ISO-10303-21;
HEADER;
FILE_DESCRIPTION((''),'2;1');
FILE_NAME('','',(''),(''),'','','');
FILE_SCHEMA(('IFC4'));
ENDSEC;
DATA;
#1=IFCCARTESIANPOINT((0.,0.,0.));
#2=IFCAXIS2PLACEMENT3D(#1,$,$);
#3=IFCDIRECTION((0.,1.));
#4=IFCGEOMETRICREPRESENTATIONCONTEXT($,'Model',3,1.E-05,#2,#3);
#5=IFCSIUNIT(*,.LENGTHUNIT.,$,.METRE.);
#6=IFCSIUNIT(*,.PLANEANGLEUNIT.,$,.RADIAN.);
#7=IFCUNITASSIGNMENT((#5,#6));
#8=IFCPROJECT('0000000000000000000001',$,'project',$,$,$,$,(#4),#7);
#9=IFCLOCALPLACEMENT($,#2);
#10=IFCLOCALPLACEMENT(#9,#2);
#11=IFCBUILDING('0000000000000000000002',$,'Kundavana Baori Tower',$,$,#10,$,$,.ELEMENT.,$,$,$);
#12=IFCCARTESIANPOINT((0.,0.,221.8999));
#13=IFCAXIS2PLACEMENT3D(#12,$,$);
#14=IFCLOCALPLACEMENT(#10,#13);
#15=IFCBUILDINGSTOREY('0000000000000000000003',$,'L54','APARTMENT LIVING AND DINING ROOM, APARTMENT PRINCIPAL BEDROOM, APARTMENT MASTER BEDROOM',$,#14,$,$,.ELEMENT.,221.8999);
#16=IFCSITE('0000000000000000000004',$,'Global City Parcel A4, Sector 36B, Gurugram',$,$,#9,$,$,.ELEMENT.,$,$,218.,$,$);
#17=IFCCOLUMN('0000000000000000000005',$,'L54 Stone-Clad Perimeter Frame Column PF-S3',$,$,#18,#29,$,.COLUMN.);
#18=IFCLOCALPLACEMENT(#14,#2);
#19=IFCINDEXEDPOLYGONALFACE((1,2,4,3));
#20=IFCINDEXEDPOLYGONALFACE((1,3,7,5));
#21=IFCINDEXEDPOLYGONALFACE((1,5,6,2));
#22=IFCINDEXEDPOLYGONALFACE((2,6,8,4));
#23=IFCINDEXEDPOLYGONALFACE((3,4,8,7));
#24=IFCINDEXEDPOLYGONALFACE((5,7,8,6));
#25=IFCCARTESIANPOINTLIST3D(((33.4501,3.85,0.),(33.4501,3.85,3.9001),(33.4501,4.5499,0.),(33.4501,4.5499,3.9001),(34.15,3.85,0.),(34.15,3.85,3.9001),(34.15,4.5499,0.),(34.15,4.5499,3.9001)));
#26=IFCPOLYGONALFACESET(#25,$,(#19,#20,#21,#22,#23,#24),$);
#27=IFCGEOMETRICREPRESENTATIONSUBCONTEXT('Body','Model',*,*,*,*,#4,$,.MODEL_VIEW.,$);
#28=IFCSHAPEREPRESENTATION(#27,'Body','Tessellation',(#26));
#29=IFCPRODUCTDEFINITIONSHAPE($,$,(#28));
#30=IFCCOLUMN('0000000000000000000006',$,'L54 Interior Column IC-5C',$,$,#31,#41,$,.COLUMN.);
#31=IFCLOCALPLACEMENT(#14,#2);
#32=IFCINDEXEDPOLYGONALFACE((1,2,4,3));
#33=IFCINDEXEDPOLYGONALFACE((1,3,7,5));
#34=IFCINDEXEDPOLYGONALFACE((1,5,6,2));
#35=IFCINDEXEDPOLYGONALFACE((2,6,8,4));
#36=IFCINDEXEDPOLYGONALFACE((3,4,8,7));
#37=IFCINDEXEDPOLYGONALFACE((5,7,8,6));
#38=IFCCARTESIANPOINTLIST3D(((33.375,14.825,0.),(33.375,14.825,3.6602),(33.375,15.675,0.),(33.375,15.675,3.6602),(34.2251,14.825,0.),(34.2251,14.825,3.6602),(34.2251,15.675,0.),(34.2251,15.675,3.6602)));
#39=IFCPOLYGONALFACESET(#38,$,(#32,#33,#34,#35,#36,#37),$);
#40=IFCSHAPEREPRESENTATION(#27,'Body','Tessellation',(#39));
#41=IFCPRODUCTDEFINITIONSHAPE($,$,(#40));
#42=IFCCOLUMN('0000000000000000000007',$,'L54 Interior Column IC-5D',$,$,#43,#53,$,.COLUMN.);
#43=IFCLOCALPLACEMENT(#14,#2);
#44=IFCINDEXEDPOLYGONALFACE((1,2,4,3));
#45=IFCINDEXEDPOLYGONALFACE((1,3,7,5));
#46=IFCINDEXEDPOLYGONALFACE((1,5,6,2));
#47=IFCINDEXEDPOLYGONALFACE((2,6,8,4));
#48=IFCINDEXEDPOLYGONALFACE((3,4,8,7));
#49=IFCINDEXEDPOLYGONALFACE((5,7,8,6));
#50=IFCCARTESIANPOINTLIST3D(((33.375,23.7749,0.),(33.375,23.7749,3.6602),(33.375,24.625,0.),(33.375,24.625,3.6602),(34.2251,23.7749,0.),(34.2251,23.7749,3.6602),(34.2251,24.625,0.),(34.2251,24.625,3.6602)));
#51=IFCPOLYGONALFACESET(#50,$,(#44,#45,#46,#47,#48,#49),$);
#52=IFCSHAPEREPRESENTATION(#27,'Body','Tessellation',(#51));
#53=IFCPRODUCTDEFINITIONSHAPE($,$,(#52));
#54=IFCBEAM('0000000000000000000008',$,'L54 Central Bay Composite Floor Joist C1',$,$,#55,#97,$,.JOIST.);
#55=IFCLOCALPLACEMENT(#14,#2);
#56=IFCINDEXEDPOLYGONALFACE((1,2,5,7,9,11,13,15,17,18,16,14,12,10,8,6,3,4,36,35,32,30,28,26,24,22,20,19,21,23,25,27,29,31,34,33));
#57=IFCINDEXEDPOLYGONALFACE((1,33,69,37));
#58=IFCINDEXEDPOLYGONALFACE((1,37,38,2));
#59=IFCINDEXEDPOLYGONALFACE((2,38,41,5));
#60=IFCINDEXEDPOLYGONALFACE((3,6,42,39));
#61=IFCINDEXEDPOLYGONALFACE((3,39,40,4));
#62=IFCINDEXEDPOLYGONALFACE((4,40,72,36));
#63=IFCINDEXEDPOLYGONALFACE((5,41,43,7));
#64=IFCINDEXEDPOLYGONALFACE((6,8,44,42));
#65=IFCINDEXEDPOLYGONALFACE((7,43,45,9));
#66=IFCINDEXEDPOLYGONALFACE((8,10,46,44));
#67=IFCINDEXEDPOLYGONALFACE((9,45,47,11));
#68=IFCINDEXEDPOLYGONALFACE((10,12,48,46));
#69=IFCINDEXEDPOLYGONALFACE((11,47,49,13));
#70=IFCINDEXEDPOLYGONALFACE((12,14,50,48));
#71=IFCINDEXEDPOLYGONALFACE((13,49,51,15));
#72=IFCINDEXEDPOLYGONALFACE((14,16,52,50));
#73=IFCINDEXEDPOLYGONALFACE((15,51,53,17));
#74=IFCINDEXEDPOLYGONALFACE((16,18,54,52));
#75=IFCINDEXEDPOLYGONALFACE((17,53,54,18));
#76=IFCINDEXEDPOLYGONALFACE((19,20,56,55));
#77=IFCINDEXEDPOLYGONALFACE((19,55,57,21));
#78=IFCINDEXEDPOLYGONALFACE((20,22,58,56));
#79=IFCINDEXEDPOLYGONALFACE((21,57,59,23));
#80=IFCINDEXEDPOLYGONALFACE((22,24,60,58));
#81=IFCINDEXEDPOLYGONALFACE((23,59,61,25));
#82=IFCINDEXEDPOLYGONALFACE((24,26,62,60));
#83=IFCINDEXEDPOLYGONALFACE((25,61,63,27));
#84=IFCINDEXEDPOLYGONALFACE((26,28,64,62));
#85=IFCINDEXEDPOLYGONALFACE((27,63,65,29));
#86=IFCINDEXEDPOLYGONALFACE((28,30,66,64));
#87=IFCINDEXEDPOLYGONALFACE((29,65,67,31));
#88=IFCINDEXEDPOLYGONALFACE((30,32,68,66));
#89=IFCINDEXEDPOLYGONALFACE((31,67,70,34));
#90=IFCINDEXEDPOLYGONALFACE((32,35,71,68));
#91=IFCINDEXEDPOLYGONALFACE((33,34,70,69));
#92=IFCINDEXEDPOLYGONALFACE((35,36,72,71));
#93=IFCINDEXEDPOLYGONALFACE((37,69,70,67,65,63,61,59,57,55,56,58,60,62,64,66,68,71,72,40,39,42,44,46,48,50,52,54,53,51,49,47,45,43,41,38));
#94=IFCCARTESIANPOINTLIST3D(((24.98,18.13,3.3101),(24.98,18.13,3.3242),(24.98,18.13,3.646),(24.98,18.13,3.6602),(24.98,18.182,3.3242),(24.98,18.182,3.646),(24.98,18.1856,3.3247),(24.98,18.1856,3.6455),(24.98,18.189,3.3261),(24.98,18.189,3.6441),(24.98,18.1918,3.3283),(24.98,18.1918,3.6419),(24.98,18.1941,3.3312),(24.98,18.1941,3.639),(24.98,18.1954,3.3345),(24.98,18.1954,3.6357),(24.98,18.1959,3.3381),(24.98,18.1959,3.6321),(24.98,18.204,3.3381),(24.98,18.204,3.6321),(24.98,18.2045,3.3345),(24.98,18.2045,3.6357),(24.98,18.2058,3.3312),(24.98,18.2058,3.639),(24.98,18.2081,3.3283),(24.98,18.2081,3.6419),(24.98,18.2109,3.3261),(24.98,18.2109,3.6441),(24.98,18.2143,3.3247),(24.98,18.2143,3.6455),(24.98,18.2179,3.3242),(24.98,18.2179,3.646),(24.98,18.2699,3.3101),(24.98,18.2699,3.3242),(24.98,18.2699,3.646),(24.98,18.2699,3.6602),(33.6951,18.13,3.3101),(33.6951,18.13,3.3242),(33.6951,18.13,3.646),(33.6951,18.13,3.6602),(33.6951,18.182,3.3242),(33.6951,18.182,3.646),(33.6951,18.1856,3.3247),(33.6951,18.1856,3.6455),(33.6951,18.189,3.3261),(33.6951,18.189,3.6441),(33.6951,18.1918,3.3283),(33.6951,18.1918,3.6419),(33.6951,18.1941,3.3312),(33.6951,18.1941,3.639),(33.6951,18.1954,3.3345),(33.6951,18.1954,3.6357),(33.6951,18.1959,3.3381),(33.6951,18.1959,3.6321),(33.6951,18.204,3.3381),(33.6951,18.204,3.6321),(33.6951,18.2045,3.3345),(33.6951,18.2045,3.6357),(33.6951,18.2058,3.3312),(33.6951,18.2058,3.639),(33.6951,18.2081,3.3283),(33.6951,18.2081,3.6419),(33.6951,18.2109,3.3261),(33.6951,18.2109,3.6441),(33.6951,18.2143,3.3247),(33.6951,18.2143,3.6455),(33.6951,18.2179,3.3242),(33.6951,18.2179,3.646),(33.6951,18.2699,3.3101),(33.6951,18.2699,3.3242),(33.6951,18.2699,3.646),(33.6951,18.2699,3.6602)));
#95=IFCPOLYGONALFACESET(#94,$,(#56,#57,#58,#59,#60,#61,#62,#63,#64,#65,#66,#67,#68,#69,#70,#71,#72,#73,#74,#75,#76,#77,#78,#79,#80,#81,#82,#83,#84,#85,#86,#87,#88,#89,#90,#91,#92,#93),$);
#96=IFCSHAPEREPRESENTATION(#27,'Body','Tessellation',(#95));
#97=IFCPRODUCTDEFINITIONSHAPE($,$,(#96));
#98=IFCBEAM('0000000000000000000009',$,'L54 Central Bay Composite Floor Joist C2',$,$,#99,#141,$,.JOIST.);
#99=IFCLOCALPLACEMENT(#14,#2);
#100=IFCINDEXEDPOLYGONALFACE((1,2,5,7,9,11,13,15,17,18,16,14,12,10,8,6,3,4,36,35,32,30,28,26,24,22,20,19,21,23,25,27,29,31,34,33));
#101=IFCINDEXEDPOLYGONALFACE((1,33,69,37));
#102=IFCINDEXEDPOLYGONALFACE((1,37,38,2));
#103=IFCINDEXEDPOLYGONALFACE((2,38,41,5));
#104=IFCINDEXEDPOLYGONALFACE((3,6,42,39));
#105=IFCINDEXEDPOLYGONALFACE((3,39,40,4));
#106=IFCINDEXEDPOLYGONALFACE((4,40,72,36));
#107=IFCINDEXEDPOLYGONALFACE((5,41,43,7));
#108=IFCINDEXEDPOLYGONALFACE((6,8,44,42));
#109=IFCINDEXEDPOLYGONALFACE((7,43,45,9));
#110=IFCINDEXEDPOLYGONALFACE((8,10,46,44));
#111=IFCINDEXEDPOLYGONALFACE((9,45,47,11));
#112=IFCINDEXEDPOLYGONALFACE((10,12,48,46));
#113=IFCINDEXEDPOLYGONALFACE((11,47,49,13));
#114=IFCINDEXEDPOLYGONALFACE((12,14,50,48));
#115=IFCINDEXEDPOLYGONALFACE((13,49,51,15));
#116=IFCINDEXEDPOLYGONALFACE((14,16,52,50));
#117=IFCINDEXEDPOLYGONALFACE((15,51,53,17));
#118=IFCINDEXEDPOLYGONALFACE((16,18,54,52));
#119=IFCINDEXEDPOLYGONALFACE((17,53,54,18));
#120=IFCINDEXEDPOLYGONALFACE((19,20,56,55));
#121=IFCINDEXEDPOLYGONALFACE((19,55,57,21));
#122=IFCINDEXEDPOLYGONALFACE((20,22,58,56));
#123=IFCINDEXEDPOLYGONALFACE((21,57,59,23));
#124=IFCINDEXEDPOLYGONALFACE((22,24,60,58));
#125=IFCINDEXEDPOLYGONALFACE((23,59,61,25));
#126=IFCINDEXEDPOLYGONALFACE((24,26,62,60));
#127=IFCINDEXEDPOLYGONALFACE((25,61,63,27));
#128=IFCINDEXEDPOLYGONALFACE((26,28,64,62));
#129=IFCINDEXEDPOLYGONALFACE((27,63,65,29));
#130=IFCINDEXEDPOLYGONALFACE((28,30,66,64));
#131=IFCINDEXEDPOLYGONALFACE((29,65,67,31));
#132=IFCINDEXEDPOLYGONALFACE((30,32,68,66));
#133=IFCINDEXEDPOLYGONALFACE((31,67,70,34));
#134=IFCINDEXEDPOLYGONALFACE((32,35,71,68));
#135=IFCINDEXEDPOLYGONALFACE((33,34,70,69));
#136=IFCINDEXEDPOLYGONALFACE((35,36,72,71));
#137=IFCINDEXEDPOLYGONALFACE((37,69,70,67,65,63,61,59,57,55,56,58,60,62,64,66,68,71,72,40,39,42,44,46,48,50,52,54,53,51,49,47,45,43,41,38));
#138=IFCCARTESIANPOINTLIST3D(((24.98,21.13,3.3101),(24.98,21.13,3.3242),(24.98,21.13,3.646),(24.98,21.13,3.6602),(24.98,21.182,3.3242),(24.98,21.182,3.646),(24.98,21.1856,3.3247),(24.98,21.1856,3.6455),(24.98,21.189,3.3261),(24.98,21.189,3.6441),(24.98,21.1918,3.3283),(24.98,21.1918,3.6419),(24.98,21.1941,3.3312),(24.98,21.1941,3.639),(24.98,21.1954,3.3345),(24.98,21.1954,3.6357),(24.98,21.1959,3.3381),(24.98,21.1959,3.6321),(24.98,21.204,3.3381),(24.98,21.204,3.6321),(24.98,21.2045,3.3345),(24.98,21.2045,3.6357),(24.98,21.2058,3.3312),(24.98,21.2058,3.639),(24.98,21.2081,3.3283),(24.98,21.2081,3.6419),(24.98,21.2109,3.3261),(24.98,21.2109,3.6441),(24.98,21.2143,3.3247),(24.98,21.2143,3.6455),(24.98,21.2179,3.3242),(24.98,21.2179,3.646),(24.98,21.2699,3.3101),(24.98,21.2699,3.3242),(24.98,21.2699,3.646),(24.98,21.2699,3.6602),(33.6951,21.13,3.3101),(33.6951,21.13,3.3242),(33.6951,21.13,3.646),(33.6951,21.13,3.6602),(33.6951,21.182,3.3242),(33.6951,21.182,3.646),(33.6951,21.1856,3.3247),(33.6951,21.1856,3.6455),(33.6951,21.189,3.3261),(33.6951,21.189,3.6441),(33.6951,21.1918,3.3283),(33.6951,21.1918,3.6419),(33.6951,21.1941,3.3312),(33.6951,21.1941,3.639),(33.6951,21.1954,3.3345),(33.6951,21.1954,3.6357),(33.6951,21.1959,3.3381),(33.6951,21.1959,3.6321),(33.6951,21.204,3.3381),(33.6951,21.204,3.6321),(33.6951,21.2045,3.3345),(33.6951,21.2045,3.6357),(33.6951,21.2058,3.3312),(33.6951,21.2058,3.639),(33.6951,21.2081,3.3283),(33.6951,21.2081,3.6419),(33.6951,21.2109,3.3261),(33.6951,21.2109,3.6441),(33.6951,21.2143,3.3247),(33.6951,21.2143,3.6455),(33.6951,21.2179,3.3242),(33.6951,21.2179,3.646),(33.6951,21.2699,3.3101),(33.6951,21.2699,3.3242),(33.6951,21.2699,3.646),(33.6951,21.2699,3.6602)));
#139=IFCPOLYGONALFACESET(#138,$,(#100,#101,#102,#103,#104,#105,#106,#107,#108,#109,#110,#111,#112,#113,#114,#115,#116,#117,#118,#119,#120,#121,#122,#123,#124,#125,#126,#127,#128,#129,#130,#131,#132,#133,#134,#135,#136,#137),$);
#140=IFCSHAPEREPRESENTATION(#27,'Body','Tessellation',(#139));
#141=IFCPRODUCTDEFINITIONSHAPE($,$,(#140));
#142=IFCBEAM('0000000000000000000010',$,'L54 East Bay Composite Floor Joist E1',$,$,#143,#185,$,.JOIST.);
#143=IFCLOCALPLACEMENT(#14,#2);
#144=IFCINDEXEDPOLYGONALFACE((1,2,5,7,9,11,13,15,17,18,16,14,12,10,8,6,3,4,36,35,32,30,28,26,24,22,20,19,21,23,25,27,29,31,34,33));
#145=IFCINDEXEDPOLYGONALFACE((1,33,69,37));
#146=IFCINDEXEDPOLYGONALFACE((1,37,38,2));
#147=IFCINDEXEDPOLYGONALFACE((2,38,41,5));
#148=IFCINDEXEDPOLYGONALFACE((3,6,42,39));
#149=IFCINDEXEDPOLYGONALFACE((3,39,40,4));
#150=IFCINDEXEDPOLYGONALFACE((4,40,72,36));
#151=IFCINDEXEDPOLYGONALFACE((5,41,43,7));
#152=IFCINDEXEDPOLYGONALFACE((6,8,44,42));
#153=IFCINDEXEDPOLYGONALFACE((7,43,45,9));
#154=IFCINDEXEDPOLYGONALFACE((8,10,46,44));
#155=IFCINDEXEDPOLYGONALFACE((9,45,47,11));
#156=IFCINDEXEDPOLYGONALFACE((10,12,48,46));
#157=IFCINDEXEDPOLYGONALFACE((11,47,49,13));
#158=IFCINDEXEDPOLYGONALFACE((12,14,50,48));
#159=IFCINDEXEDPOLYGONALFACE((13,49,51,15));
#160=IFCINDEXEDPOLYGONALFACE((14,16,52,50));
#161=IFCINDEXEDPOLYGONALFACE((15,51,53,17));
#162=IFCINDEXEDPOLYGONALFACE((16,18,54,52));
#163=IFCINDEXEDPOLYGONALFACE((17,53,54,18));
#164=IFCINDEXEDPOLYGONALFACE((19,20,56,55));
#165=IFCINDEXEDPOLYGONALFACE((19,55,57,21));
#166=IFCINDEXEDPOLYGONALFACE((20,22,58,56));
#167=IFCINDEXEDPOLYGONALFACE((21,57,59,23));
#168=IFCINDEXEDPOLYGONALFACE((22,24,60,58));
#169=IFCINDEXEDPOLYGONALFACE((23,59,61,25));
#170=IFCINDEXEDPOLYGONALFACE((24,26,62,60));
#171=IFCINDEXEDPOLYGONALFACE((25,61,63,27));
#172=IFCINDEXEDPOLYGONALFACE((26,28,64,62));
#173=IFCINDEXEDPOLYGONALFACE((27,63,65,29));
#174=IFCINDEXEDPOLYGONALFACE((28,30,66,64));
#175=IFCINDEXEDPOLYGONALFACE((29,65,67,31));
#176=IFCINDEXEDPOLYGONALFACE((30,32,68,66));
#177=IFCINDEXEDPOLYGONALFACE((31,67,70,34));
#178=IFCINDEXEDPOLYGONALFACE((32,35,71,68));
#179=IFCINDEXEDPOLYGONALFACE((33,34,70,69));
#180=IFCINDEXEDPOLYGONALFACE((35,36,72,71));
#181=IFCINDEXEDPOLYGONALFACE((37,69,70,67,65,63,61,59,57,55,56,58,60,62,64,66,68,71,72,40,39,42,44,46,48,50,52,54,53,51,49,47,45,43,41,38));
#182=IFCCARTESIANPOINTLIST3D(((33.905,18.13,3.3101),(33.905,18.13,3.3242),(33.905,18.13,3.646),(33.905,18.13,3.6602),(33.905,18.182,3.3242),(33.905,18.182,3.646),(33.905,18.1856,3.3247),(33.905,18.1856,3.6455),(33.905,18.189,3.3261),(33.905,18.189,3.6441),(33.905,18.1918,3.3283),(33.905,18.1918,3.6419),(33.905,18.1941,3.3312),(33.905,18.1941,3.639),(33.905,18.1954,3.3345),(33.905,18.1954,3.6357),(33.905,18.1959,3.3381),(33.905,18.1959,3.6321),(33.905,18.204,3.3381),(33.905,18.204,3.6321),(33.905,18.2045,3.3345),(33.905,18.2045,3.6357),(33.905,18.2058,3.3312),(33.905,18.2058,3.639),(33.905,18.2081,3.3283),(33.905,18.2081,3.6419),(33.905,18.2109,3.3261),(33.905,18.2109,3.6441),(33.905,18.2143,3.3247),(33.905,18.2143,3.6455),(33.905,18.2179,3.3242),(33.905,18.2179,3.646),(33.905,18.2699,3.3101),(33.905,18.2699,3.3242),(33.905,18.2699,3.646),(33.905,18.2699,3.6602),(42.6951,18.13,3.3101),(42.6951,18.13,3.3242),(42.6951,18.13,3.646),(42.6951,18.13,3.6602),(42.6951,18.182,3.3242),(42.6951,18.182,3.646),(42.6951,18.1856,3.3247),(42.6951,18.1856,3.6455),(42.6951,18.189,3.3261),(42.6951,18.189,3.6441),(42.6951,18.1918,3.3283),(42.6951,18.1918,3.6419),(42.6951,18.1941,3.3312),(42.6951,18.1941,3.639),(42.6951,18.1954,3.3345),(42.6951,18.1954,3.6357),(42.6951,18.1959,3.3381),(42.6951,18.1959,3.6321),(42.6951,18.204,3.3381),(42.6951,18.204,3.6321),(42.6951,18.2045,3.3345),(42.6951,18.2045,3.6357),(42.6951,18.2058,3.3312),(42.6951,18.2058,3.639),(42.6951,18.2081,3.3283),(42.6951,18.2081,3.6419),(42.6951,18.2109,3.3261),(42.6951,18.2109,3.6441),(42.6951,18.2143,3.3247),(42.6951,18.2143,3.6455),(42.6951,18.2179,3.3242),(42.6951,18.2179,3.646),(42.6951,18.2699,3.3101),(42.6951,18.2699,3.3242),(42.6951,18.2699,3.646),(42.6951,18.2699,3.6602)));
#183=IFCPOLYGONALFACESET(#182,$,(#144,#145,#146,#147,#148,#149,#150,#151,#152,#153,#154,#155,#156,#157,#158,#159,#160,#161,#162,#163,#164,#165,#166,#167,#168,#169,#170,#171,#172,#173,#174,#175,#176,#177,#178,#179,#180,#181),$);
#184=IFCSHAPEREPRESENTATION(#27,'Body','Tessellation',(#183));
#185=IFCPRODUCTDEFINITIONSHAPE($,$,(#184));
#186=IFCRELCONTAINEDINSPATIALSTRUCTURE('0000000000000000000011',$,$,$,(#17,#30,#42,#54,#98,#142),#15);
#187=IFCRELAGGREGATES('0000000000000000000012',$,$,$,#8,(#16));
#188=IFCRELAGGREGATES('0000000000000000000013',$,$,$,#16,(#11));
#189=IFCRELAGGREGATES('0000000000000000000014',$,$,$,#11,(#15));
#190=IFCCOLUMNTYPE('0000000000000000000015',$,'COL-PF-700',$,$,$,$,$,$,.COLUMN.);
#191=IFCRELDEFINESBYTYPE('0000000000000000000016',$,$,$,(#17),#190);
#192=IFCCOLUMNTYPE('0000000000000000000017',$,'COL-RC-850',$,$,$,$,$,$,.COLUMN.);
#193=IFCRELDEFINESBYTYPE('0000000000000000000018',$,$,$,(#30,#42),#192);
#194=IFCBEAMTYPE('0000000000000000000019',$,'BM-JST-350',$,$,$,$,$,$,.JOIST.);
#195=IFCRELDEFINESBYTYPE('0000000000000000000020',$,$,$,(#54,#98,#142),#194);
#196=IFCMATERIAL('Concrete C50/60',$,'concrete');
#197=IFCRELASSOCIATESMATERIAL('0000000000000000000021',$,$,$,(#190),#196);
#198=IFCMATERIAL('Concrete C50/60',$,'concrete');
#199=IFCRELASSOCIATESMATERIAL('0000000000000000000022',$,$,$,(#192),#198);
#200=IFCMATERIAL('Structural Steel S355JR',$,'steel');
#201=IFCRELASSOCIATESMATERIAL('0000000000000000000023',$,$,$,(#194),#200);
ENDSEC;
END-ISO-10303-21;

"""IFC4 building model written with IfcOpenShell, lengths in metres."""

from ifc_helpers import new_model, si_unit, direction, frame, origin, origin_2d, place, context, subcontext, project, spatial, rectangle, i_section, extrude, material, material_profile, profile_set, type_object, element, save


model = new_model("IFC4")

# Units and contexts
model_context = context("Model", 3, precision=1e-05, world=origin(), true_north=direction((0.0, 1.0)))
body_context = subcontext(model_context, "Body", "Model", "MODEL_VIEW")
ifc_project = project(units=[si_unit("LENGTHUNIT", "METRE"), si_unit("PLANEANGLEUNIT", "RADIAN")], contexts=[model_context])

# Site, building, storey
site_placement = place(None, origin())
site = spatial("IfcSite", under=ifc_project, at=site_placement, Name="Global City Parcel A4, Sector 36B, Gurugram", CompositionType="ELEMENT", RefElevation=218.0)
building_placement = place(site_placement, origin())
building = spatial("IfcBuilding", under=site, at=building_placement, Name="Kundavana Baori Tower", CompositionType="ELEMENT")
storey_placement = place(building_placement, frame((0.0, 0.0, 221.8999)))
storey = spatial("IfcBuildingStorey", under=building, at=storey_placement, Name="L54", Description="APARTMENT LIVING AND DINING ROOM, APARTMENT PRINCIPAL BEDROOM, APARTMENT MASTER BEDROOM", CompositionType="ELEMENT", Elevation=221.8999)

# Columns
ifc_material_1 = material(Name="Concrete C50/60", Category="concrete")
ifc_material_profile_1 = material_profile(ifc_material_1, rectangle(XDim=0.7, YDim=0.7, at=origin_2d()), Name="RC PF 700x700")
ifc_profile_set_1 = profile_set([ifc_material_profile_1], Name="Concrete C50/60")
column_type_1 = type_object("IfcColumnType", Name="COL-PF-700", PredefinedType="COLUMN", material=ifc_profile_set_1)
column_placement = place(storey_placement, frame((33.8, 4.2, 0.0), z_axis=(0.0, 0.0, 1.0), x_axis=(1.0, 0.0, 0.0)))
element("IfcColumn", 1, at=column_placement, inside=storey, type_object=column_type_1, Name="L54 Stone-Clad Perimeter Frame Column PF-S3", PredefinedType="COLUMN", context=body_context, shape_type="SweptSolid", body=[
    extrude(rectangle(XDim=0.7, YDim=0.7, at=origin_2d()), origin(), (0.0, 0.0, 1.0), 3.9001),
])
ifc_material_2 = material(Name="Concrete C50/60", Category="concrete")
ifc_material_profile_2 = material_profile(ifc_material_2, rectangle(XDim=0.8501, YDim=0.8501, at=origin_2d()), Name="RC 850x850")
ifc_profile_set_2 = profile_set([ifc_material_profile_2], Name="Concrete C50/60")
column_type_2 = type_object("IfcColumnType", Name="COL-RC-850", PredefinedType="COLUMN", material=ifc_profile_set_2)
for number, where, z_axis, x_axis, name in (
    (2, (33.8, 15.25, 0.0), (0.0, 0.0, 1.0), (1.0, 0.0, 0.0), "L54 Interior Column IC-5C"),
    (3, (33.8, 24.2, 0.0), (0.0, 0.0, 1.0), (1.0, 0.0, 0.0), "L54 Interior Column IC-5D"),
):
    element("IfcColumn", number, at=place(storey_placement, frame(where, z_axis=z_axis, x_axis=x_axis)), inside=storey, type_object=column_type_2, Name=name, PredefinedType="COLUMN", context=body_context, shape_type="SweptSolid", body=[
        extrude(rectangle(XDim=0.8501, YDim=0.8501, at=origin_2d()), origin(), (0.0, 0.0, 1.0), 3.6602),
    ])

# Beams
ifc_material_3 = material(Name="Structural Steel S355JR", Category="steel")
ifc_material_profile_3 = material_profile(ifc_material_3, i_section(OverallWidth=0.1399, OverallDepth=0.3501, WebThickness=0.0081, FlangeThickness=0.0142, FilletRadius=0.0139, at=origin_2d()), Name="ISMB 350")
ifc_profile_set_3 = profile_set([ifc_material_profile_3], Name="Structural Steel S355JR")
beam_type_1 = type_object("IfcBeamType", Name="BM-JST-350", PredefinedType="JOIST", material=ifc_profile_set_3)
for number, where, z_axis, x_axis, name in (
    (4, (24.98, 18.2, 3.4851), (1.0, 0.0, 0.0), (0.0, 1.0, 0.0), "L54 Central Bay Composite Floor Joist C1"),
    (5, (24.98, 21.2, 3.4851), (1.0, 0.0, 0.0), (0.0, 1.0, 0.0), "L54 Central Bay Composite Floor Joist C2"),
):
    element("IfcBeam", number, at=place(storey_placement, frame(where, z_axis=z_axis, x_axis=x_axis)), inside=storey, type_object=beam_type_1, Name=name, PredefinedType="JOIST", context=body_context, shape_type="SweptSolid", body=[
        extrude(i_section(OverallWidth=0.1399, OverallDepth=0.3501, WebThickness=0.0081, FlangeThickness=0.0142, FilletRadius=0.0139, at=origin_2d()), origin(), (0.0, 0.0, 1.0), 8.7151),
    ])
for number, where, z_axis, x_axis, name in (
    (6, (33.905, 18.2, 3.4851), (1.0, 0.0, 0.0), (0.0, 1.0, 0.0), "L54 East Bay Composite Floor Joist E1"),
):
    element("IfcBeam", number, at=place(storey_placement, frame(where, z_axis=z_axis, x_axis=x_axis)), inside=storey, type_object=beam_type_1, Name=name, PredefinedType="JOIST", context=body_context, shape_type="SweptSolid", body=[
        extrude(i_section(OverallWidth=0.1399, OverallDepth=0.3501, WebThickness=0.0081, FlangeThickness=0.0142, FilletRadius=0.0139, at=origin_2d()), origin(), (0.0, 0.0, 1.0), 8.79),
    ])

save(model, "model.ifc")
